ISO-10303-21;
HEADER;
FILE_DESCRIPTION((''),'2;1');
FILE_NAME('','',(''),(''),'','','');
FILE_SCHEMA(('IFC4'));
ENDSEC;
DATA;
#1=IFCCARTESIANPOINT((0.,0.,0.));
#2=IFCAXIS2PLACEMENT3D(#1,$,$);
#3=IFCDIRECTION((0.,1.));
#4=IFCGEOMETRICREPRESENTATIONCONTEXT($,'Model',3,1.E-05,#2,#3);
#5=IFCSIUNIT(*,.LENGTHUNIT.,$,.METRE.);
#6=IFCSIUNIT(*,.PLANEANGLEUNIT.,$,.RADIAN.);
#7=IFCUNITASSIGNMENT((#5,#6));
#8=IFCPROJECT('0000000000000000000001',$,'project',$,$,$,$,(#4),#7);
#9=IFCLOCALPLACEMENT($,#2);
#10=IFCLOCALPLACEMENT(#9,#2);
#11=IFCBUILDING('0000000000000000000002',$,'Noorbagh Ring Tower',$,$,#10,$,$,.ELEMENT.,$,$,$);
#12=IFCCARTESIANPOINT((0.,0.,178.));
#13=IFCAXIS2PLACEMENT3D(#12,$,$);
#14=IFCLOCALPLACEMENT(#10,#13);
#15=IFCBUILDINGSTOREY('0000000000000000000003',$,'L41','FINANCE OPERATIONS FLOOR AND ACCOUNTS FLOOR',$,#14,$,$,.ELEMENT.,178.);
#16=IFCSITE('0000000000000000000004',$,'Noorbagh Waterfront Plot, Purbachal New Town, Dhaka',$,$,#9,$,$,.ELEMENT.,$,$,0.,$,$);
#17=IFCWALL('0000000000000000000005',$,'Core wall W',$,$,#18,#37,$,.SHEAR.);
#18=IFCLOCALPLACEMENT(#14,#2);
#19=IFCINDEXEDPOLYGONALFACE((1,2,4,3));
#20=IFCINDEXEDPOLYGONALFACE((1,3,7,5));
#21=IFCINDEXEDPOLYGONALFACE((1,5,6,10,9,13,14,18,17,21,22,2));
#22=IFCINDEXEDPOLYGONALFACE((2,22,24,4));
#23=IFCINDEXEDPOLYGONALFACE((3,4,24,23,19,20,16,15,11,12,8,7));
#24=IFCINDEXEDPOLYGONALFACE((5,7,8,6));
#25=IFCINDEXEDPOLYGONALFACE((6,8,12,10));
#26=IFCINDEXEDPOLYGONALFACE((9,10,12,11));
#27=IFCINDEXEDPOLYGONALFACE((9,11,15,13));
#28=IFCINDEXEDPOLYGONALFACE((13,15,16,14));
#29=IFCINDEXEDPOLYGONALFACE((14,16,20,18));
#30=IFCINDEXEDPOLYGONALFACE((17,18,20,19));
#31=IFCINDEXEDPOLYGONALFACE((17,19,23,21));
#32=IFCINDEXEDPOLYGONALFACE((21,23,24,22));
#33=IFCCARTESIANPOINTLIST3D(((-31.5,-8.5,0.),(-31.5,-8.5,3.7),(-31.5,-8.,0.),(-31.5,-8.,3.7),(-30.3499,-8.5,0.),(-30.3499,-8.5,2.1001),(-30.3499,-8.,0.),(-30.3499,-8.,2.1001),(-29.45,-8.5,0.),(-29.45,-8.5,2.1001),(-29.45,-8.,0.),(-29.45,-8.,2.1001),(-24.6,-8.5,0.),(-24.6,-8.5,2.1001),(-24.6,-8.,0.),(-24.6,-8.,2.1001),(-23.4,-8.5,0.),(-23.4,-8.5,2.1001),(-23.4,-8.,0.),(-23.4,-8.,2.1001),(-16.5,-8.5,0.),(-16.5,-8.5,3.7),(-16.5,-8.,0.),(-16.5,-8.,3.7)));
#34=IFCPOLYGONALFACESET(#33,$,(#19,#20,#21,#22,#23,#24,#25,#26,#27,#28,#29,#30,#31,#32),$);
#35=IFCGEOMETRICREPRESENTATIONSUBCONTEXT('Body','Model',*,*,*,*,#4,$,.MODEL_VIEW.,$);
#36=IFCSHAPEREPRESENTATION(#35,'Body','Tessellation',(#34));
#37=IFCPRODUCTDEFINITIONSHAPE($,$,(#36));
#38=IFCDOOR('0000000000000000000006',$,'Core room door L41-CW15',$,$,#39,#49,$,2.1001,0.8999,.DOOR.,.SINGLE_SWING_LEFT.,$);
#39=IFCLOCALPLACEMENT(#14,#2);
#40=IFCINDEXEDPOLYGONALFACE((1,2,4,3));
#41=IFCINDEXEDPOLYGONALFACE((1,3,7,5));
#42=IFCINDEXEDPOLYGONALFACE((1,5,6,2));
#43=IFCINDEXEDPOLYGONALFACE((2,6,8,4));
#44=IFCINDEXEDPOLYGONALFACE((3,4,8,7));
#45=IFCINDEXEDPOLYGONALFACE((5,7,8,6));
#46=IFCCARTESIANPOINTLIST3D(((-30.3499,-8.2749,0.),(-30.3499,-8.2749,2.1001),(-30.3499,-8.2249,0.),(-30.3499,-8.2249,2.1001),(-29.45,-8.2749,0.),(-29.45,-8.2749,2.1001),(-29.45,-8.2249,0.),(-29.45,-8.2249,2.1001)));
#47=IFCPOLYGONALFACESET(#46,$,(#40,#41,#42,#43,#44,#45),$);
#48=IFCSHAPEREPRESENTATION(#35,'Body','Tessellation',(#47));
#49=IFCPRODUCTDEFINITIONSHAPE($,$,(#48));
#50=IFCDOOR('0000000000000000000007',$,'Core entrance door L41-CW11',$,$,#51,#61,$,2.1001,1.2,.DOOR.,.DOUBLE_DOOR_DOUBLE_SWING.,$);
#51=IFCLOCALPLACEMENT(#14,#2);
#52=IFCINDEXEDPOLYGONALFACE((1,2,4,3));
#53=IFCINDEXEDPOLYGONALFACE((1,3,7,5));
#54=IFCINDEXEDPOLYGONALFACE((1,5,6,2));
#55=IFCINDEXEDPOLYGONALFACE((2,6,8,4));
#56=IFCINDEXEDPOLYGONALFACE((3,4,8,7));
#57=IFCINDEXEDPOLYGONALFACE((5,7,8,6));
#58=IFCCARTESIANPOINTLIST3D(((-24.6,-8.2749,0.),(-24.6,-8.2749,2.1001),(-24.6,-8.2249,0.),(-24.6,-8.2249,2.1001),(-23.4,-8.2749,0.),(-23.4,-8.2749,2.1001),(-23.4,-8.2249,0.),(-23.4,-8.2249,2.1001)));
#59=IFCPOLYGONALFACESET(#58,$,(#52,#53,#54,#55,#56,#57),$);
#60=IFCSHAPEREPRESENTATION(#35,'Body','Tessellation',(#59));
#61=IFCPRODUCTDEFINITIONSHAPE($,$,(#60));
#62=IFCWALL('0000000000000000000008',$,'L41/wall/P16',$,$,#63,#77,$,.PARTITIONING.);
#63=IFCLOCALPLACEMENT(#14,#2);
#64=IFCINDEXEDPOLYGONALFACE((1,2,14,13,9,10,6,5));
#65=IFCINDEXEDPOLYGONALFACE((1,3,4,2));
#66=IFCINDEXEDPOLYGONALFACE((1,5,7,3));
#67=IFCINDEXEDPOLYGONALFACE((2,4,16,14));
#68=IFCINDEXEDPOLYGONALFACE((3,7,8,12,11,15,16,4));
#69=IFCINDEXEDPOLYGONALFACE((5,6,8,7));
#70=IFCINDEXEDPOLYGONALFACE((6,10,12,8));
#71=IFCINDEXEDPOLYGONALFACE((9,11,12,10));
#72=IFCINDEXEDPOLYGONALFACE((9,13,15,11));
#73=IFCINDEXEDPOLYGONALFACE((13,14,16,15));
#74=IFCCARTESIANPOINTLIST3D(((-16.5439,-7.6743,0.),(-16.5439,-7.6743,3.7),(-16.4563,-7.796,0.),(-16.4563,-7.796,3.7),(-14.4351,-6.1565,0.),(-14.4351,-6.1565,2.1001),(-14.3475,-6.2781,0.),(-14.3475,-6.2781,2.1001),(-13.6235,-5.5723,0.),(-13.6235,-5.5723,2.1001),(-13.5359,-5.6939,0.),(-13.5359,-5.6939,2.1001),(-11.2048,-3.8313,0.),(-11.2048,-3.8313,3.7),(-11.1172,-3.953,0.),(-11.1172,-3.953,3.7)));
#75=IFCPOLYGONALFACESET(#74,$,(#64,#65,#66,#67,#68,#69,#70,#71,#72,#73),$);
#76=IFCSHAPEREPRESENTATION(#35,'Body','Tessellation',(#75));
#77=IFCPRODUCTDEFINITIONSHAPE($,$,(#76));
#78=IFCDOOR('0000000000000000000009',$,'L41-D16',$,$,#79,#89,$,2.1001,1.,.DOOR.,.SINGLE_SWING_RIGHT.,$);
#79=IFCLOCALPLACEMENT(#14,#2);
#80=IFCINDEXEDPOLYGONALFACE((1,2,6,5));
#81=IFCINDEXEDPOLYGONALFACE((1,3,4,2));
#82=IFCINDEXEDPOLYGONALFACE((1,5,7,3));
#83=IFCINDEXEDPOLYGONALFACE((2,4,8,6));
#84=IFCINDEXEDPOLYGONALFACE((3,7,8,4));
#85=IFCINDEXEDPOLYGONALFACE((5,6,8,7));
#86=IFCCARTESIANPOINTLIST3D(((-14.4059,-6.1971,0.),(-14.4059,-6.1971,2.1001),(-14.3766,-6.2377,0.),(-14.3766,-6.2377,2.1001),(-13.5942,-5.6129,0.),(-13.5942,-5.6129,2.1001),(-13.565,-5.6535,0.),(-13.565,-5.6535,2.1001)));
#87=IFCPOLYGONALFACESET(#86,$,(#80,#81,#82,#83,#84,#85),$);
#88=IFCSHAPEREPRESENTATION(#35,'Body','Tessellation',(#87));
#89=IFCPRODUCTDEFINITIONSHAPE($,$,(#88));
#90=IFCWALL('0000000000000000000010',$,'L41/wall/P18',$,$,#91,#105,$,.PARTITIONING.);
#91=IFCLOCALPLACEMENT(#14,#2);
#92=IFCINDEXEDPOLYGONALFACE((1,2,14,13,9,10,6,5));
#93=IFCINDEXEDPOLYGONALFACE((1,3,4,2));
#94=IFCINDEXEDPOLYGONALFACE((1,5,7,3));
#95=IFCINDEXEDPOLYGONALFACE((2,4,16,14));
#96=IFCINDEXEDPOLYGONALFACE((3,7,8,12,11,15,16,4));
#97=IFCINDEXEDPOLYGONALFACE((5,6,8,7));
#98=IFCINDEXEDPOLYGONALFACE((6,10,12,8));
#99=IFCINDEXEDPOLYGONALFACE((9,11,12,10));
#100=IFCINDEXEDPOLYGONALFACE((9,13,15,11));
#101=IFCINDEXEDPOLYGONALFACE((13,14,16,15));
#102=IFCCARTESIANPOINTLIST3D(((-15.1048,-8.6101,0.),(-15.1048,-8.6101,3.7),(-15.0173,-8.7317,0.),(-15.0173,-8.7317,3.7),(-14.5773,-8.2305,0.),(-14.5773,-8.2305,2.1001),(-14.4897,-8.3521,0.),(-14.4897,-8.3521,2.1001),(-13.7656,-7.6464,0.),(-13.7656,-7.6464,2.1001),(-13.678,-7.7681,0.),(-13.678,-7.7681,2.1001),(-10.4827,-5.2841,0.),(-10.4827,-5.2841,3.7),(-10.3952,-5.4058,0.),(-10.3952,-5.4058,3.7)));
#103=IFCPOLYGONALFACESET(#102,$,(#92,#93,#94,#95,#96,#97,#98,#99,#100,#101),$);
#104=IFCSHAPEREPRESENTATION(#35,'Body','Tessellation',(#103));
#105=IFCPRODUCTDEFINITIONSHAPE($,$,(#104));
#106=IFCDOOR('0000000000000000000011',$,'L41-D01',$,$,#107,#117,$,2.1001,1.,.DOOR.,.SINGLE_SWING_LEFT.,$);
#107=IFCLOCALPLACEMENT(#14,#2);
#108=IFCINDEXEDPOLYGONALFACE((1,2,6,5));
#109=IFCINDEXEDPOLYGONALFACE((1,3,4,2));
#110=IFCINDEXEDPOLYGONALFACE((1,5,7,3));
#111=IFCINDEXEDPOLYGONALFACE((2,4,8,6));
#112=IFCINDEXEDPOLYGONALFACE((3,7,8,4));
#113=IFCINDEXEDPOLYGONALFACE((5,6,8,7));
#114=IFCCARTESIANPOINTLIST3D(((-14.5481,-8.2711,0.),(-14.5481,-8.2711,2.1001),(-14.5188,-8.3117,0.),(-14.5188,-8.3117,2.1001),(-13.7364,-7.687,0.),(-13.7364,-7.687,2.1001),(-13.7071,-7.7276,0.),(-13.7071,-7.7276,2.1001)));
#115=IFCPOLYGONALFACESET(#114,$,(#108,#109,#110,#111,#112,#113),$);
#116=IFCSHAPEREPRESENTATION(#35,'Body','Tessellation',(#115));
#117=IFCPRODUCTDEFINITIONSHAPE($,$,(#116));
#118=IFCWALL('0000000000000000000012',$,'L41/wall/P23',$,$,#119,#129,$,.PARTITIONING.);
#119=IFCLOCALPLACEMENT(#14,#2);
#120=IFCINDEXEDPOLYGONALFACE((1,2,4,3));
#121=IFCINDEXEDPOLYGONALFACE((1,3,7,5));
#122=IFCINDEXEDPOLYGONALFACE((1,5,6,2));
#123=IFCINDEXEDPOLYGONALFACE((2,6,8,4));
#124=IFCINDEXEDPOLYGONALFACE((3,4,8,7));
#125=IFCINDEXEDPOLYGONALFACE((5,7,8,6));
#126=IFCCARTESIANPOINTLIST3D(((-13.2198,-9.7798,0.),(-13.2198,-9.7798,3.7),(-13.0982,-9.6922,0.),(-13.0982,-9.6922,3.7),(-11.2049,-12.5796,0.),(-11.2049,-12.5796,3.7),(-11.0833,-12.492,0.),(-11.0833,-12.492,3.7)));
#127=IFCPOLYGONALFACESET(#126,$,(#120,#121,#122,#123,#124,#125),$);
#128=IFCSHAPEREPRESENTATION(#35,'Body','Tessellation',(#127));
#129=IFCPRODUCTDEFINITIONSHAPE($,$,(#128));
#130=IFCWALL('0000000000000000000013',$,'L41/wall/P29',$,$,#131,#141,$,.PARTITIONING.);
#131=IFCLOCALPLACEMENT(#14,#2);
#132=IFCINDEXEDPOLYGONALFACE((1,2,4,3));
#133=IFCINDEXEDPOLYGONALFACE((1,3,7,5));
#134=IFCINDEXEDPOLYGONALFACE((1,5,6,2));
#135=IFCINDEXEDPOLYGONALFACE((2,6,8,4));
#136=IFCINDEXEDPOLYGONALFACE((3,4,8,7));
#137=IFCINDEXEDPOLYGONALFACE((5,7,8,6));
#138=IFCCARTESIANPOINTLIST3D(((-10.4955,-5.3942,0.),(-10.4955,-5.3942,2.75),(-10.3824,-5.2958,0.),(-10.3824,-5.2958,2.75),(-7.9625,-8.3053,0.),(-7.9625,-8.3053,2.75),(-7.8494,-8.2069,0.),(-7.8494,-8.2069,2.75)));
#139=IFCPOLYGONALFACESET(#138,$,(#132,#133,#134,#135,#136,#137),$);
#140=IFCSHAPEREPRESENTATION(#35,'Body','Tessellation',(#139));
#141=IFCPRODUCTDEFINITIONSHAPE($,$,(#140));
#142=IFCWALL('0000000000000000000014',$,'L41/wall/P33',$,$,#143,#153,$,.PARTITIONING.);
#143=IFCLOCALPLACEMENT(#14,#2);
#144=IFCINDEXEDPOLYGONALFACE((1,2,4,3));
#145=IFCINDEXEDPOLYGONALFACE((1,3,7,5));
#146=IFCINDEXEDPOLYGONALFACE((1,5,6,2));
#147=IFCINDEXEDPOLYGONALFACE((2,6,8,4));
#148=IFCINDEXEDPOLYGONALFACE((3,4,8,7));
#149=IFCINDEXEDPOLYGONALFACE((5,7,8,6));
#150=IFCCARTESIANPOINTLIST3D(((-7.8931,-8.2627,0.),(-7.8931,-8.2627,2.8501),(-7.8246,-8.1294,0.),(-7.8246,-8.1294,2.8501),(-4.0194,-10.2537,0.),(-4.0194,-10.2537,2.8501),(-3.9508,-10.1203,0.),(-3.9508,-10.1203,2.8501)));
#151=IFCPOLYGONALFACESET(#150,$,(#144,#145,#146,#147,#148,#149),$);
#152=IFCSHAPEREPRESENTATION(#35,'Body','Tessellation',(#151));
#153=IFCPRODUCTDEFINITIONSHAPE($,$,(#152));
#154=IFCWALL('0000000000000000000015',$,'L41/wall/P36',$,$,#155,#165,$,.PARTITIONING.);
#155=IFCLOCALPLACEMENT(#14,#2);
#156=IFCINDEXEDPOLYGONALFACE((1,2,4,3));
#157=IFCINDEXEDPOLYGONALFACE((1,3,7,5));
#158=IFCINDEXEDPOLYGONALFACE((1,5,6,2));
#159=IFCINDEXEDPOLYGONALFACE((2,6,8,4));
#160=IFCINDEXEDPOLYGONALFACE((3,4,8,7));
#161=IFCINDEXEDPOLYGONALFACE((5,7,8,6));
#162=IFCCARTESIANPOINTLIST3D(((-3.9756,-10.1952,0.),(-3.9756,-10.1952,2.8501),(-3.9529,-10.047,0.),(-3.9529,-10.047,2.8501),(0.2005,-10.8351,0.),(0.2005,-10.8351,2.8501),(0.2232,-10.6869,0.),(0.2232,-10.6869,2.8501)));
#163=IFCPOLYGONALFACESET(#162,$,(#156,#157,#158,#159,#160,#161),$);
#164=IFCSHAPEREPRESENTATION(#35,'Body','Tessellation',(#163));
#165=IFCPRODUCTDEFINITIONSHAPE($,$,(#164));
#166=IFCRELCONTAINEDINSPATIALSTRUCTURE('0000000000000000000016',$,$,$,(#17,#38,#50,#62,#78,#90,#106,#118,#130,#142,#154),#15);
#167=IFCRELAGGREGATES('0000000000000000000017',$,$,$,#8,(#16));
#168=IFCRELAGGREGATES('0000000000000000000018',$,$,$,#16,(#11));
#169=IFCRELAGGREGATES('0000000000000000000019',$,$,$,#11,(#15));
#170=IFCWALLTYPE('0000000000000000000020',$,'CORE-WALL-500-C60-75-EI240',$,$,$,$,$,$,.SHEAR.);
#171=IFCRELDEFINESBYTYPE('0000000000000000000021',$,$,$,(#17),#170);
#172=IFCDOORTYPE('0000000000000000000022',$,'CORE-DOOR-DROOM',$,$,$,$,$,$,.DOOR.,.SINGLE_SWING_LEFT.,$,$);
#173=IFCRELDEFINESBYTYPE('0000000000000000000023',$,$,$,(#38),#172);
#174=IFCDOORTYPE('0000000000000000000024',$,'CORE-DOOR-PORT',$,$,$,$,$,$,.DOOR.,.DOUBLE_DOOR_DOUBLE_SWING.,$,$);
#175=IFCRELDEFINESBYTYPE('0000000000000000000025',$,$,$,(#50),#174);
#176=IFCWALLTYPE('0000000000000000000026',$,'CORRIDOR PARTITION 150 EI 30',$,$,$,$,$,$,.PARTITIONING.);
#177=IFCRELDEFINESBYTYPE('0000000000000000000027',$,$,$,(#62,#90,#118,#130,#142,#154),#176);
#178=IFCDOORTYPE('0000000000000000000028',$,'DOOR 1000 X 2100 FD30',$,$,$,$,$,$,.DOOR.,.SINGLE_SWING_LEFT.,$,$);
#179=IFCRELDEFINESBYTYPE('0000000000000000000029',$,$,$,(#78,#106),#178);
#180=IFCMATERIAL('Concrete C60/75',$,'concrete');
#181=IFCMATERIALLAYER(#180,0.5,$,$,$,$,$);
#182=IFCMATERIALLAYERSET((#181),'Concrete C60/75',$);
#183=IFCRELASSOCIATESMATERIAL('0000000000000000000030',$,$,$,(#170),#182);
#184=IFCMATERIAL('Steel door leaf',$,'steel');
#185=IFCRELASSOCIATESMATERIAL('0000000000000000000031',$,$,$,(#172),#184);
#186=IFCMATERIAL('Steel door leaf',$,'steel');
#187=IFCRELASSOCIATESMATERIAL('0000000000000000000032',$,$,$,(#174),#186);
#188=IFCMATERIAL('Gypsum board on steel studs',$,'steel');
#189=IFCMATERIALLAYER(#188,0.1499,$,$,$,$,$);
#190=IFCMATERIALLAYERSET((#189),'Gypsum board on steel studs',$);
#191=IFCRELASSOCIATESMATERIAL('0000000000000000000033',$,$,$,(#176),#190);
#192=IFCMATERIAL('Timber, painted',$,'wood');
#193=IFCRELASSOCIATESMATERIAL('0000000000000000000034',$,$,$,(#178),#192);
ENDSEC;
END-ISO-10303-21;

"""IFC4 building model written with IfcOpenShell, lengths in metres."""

from ifc_helpers import new_model, si_unit, direction, frame, frame_2d, origin, place, context, subcontext, project, spatial, rectangle, extrude, material, layer, layer_set, type_object, element, fill, save


model = new_model("IFC4")

# Units and contexts
model_context = context("Model", 3, precision=1e-05, world=origin(), true_north=direction((0.0, 1.0)))
body_context = subcontext(model_context, "Body", "Model", "MODEL_VIEW")
ifc_project = project(units=[si_unit("LENGTHUNIT", "METRE"), si_unit("PLANEANGLEUNIT", "RADIAN")], contexts=[model_context])

# Site, building, storey
site_placement = place(None, origin())
site = spatial("IfcSite", under=ifc_project, at=site_placement, Name="Noorbagh Waterfront Plot, Purbachal New Town, Dhaka", CompositionType="ELEMENT", RefElevation=0.0)
building_placement = place(site_placement, origin())
building = spatial("IfcBuilding", under=site, at=building_placement, Name="Noorbagh Ring Tower", CompositionType="ELEMENT")
storey_placement = place(building_placement, frame((0.0, 0.0, 178.0)))
storey = spatial("IfcBuildingStorey", under=building, at=storey_placement, Name="L41", Description="FINANCE OPERATIONS FLOOR AND ACCOUNTS FLOOR", CompositionType="ELEMENT", Elevation=178.0)

# Wall, openings, doors
ifc_material_1 = material(Name="Concrete C60/75", Category="concrete")
ifc_layer_1 = layer(ifc_material_1, 0.5)
ifc_layer_set_1 = layer_set([ifc_layer_1], Name="Concrete C60/75")
wall_type_1 = type_object("IfcWallType", Name="CORE-WALL-500-C60-75-EI240", PredefinedType="SHEAR", material=ifc_layer_set_1)
wall_1_placement = place(storey_placement, frame((-16.5, -8.25, 0.0), z_axis=(0.0, 0.0, 1.0), x_axis=(-1.0, 0.0, 0.0)))
wall_1 = element("IfcWall", 1, at=wall_1_placement, inside=storey, type_object=wall_type_1, Name="Core wall W", PredefinedType="SHEAR", context=body_context, shape_type="SweptSolid", body=[
    extrude(rectangle(XDim=15.0, YDim=0.5, at=frame_2d((7.5, 0.0))), origin(), (0.0, 0.0, 1.0), 3.7),
])
opening_1_placement = place(wall_1_placement, frame((6.8999, 0.0, 0.0)))
opening_1 = element("IfcOpeningElement", 2, at=opening_1_placement, cuts=wall_1, PredefinedType="OPENING", context=body_context, shape_type="SweptSolid", body=[
    extrude(rectangle(XDim=1.2, YDim=2.1001, at=frame_2d((0.6001, 1.05))), frame((0.0, 0.26, 0.0), z_axis=(0.0, -1.0, 0.0), x_axis=(1.0, 0.0, 0.0)), (0.0, 0.0, 1.0), 0.52),
])
opening_2_placement = place(wall_1_placement, frame((12.95, 0.0, 0.0)))
opening_2 = element("IfcOpeningElement", 3, at=opening_2_placement, cuts=wall_1, PredefinedType="OPENING", context=body_context, shape_type="SweptSolid", body=[
    extrude(rectangle(XDim=0.8999, YDim=2.1001, at=frame_2d((0.45, 1.05))), frame((0.0, 0.26, 0.0), z_axis=(0.0, -1.0, 0.0), x_axis=(1.0, 0.0, 0.0)), (0.0, 0.0, 1.0), 0.52),
])
ifc_material_2 = material(Name="Steel door leaf", Category="steel")
door_type_1 = type_object("IfcDoorType", Name="CORE-DOOR-DROOM", OperationType="SINGLE_SWING_LEFT", PredefinedType="DOOR", material=ifc_material_2)
door_1_placement = place(opening_2_placement, origin())
door_1 = element("IfcDoor", 4, at=door_1_placement, inside=storey, type_object=door_type_1, Name="Core room door L41-CW15", OperationType="SINGLE_SWING_LEFT", OverallHeight=2.1001, OverallWidth=0.8999, PredefinedType="DOOR", context=body_context, shape_type="SweptSolid", body=[
    extrude(rectangle(XDim=0.8999, YDim=2.1001, at=frame_2d((0.45, 1.05))), frame((0.0, 0.0249, 0.0), z_axis=(0.0, -1.0, 0.0), x_axis=(1.0, 0.0, 0.0)), (0.0, 0.0, 1.0), 0.05),
])
fill(opening_2, door_1)
ifc_material_3 = material(Name="Steel door leaf", Category="steel")
door_type_2 = type_object("IfcDoorType", Name="CORE-DOOR-PORT", OperationType="DOUBLE_DOOR_DOUBLE_SWING", PredefinedType="DOOR", material=ifc_material_3)
door_2_placement = place(opening_1_placement, origin())
door_2 = element("IfcDoor", 5, at=door_2_placement, inside=storey, type_object=door_type_2, Name="Core entrance door L41-CW11", OperationType="DOUBLE_DOOR_DOUBLE_SWING", OverallHeight=2.1001, OverallWidth=1.2, PredefinedType="DOOR", context=body_context, shape_type="SweptSolid", body=[
    extrude(rectangle(XDim=1.2, YDim=2.1001, at=frame_2d((0.6001, 1.05))), frame((0.0, 0.0249, 0.0), z_axis=(0.0, -1.0, 0.0), x_axis=(1.0, 0.0, 0.0)), (0.0, 0.0, 1.0), 0.05),
])
fill(opening_1, door_2)

# Walls, openings, doors
ifc_material_4 = material(Name="Gypsum board on steel studs", Category="steel")
ifc_layer_2 = layer(ifc_material_4, 0.1499)
ifc_layer_set_2 = layer_set([ifc_layer_2], Name="Gypsum board on steel studs")
wall_type_2 = type_object("IfcWallType", Name="CORRIDOR PARTITION 150 EI 30", PredefinedType="PARTITIONING", material=ifc_layer_set_2)
wall_2_placement = place(storey_placement, frame((-16.5, -7.7351, 0.0), z_axis=(0.0, 0.0, 1.0), x_axis=(0.811617, 0.58419, 0.0)))
wall_2 = element("IfcWall", 6, at=wall_2_placement, inside=storey, type_object=wall_type_2, Name="L41/wall/P16", PredefinedType="PARTITIONING", context=body_context, shape_type="SweptSolid", body=[
    extrude(rectangle(XDim=6.5784, YDim=0.1499, at=frame_2d((3.2891, 0.0))), origin(), (0.0, 0.0, 1.0), 3.7),
])
opening_3_placement = place(wall_2_placement, frame((2.5981, 0.0, 0.0)))
opening_3 = element("IfcOpeningElement", 7, at=opening_3_placement, cuts=wall_2, PredefinedType="OPENING", context=body_context, shape_type="SweptSolid", body=[
    extrude(rectangle(XDim=1.0, YDim=2.1001, at=frame_2d((0.5, 1.05))), frame((0.0, 0.085, 0.0), z_axis=(0.0, -1.0, 0.0), x_axis=(1.0, 0.0, 0.0)), (0.0, 0.0, 1.0), 0.1699),
])
ifc_material_5 = material(Name="Timber, painted", Category="wood")
door_type_3 = type_object("IfcDoorType", Name="DOOR 1000 X 2100 FD30", OperationType="SINGLE_SWING_LEFT", PredefinedType="DOOR", material=ifc_material_5)
door_3_placement = place(opening_3_placement, origin())
door_3 = element("IfcDoor", 8, at=door_3_placement, inside=storey, type_object=door_type_3, Name="L41-D16", OperationType="SINGLE_SWING_RIGHT", OverallHeight=2.1001, OverallWidth=1.0, PredefinedType="DOOR", context=body_context, shape_type="SweptSolid", body=[
    extrude(rectangle(XDim=1.0, YDim=2.1001, at=frame_2d((0.5, 1.05))), frame((0.0, 0.0249, 0.0), z_axis=(0.0, -1.0, 0.0), x_axis=(1.0, 0.0, 0.0)), (0.0, 0.0, 1.0), 0.05),
])
fill(opening_3, door_3)
wall_3_placement = place(storey_placement, frame((-15.061, -8.6709, 0.0), z_axis=(0.0, 0.0, 1.0), x_axis=(0.811698, 0.584078, 0.0)))
wall_3 = element("IfcWall", 9, at=wall_3_placement, inside=storey, type_object=wall_type_2, Name="L41/wall/P18", PredefinedType="PARTITIONING", context=body_context, shape_type="SweptSolid", body=[
    extrude(rectangle(XDim=5.6943, YDim=0.1499, at=frame_2d((2.8472, 0.0))), origin(), (0.0, 0.0, 1.0), 3.7),
])
opening_4_placement = place(wall_3_placement, frame((0.6499, 0.0, 0.0)))
opening_4 = element("IfcOpeningElement", 10, at=opening_4_placement, cuts=wall_3, PredefinedType="OPENING", context=body_context, shape_type="SweptSolid", body=[
    extrude(rectangle(XDim=1.0, YDim=2.1001, at=frame_2d((0.5, 1.05))), frame((0.0, 0.085, 0.0), z_axis=(0.0, -1.0, 0.0), x_axis=(1.0, 0.0, 0.0)), (0.0, 0.0, 1.0), 0.1699),
])
door_4_placement = place(opening_4_placement, origin())
door_4 = element("IfcDoor", 11, at=door_4_placement, inside=storey, type_object=door_type_3, Name="L41-D01", OperationType="SINGLE_SWING_LEFT", OverallHeight=2.1001, OverallWidth=1.0, PredefinedType="DOOR", context=body_context, shape_type="SweptSolid", body=[
    extrude(rectangle(XDim=1.0, YDim=2.1001, at=frame_2d((0.5, 1.05))), frame((0.0, 0.0249, 0.0), z_axis=(0.0, -1.0, 0.0), x_axis=(1.0, 0.0, 0.0)), (0.0, 0.0, 1.0), 0.05),
])
fill(opening_4, door_4)

# Walls
wall_4_placement = place(storey_placement, frame((-13.1589, -9.7361, 0.0), z_axis=(0.0, 0.0, 1.0), x_axis=(0.58412, -0.811667, 0.0)))
element("IfcWall", 12, at=wall_4_placement, inside=storey, type_object=wall_type_2, Name="L41/wall/P23", PredefinedType="PARTITIONING", context=body_context, shape_type="SweptSolid", body=[
    extrude(rectangle(XDim=3.4495, YDim=0.1499, at=frame_2d((1.7246, 0.0))), origin(), (0.0, 0.0, 1.0), 3.7),
])
wall_5_placement = place(storey_placement, frame((-10.439, -5.345, 0.0), z_axis=(0.0, 0.0, 1.0), x_axis=(0.656406, -0.754408, 0.0)))
element("IfcWall", 13, at=wall_5_placement, inside=storey, type_object=wall_type_2, Name="L41/wall/P29", PredefinedType="PARTITIONING", context=body_context, shape_type="SweptSolid", body=[
    extrude(rectangle(XDim=3.8589, YDim=0.1499, at=frame_2d((1.9294, 0.0))), origin(), (0.0, 0.0, 1.0), 2.75),
])
wall_6_placement = place(storey_placement, frame((-7.8589, -8.196, 0.0), z_axis=(0.0, 0.0, 1.0), x_axis=(0.889406, -0.457119, 0.0)))
element("IfcWall", 14, at=wall_6_placement, inside=storey, type_object=wall_type_2, Name="L41/wall/P33", PredefinedType="PARTITIONING", context=body_context, shape_type="SweptSolid", body=[
    extrude(rectangle(XDim=4.3555, YDim=0.1499, at=frame_2d((2.1777, 0.0))), origin(), (0.0, 0.0, 1.0), 2.8501),
])
wall_7_placement = place(storey_placement, frame((-3.9641, -10.1211, 0.0), z_axis=(0.0, 0.0, 1.0), x_axis=(0.988463, -0.151462, 0.0)))
element("IfcWall", 15, at=wall_7_placement, inside=storey, type_object=wall_type_2, Name="L41/wall/P36", PredefinedType="PARTITIONING", context=body_context, shape_type="SweptSolid", body=[
    extrude(rectangle(XDim=4.2249, YDim=0.1499, at=frame_2d((2.1123, 0.0))), origin(), (0.0, 0.0, 1.0), 2.8501),
])

save(model, "model.ifc")
